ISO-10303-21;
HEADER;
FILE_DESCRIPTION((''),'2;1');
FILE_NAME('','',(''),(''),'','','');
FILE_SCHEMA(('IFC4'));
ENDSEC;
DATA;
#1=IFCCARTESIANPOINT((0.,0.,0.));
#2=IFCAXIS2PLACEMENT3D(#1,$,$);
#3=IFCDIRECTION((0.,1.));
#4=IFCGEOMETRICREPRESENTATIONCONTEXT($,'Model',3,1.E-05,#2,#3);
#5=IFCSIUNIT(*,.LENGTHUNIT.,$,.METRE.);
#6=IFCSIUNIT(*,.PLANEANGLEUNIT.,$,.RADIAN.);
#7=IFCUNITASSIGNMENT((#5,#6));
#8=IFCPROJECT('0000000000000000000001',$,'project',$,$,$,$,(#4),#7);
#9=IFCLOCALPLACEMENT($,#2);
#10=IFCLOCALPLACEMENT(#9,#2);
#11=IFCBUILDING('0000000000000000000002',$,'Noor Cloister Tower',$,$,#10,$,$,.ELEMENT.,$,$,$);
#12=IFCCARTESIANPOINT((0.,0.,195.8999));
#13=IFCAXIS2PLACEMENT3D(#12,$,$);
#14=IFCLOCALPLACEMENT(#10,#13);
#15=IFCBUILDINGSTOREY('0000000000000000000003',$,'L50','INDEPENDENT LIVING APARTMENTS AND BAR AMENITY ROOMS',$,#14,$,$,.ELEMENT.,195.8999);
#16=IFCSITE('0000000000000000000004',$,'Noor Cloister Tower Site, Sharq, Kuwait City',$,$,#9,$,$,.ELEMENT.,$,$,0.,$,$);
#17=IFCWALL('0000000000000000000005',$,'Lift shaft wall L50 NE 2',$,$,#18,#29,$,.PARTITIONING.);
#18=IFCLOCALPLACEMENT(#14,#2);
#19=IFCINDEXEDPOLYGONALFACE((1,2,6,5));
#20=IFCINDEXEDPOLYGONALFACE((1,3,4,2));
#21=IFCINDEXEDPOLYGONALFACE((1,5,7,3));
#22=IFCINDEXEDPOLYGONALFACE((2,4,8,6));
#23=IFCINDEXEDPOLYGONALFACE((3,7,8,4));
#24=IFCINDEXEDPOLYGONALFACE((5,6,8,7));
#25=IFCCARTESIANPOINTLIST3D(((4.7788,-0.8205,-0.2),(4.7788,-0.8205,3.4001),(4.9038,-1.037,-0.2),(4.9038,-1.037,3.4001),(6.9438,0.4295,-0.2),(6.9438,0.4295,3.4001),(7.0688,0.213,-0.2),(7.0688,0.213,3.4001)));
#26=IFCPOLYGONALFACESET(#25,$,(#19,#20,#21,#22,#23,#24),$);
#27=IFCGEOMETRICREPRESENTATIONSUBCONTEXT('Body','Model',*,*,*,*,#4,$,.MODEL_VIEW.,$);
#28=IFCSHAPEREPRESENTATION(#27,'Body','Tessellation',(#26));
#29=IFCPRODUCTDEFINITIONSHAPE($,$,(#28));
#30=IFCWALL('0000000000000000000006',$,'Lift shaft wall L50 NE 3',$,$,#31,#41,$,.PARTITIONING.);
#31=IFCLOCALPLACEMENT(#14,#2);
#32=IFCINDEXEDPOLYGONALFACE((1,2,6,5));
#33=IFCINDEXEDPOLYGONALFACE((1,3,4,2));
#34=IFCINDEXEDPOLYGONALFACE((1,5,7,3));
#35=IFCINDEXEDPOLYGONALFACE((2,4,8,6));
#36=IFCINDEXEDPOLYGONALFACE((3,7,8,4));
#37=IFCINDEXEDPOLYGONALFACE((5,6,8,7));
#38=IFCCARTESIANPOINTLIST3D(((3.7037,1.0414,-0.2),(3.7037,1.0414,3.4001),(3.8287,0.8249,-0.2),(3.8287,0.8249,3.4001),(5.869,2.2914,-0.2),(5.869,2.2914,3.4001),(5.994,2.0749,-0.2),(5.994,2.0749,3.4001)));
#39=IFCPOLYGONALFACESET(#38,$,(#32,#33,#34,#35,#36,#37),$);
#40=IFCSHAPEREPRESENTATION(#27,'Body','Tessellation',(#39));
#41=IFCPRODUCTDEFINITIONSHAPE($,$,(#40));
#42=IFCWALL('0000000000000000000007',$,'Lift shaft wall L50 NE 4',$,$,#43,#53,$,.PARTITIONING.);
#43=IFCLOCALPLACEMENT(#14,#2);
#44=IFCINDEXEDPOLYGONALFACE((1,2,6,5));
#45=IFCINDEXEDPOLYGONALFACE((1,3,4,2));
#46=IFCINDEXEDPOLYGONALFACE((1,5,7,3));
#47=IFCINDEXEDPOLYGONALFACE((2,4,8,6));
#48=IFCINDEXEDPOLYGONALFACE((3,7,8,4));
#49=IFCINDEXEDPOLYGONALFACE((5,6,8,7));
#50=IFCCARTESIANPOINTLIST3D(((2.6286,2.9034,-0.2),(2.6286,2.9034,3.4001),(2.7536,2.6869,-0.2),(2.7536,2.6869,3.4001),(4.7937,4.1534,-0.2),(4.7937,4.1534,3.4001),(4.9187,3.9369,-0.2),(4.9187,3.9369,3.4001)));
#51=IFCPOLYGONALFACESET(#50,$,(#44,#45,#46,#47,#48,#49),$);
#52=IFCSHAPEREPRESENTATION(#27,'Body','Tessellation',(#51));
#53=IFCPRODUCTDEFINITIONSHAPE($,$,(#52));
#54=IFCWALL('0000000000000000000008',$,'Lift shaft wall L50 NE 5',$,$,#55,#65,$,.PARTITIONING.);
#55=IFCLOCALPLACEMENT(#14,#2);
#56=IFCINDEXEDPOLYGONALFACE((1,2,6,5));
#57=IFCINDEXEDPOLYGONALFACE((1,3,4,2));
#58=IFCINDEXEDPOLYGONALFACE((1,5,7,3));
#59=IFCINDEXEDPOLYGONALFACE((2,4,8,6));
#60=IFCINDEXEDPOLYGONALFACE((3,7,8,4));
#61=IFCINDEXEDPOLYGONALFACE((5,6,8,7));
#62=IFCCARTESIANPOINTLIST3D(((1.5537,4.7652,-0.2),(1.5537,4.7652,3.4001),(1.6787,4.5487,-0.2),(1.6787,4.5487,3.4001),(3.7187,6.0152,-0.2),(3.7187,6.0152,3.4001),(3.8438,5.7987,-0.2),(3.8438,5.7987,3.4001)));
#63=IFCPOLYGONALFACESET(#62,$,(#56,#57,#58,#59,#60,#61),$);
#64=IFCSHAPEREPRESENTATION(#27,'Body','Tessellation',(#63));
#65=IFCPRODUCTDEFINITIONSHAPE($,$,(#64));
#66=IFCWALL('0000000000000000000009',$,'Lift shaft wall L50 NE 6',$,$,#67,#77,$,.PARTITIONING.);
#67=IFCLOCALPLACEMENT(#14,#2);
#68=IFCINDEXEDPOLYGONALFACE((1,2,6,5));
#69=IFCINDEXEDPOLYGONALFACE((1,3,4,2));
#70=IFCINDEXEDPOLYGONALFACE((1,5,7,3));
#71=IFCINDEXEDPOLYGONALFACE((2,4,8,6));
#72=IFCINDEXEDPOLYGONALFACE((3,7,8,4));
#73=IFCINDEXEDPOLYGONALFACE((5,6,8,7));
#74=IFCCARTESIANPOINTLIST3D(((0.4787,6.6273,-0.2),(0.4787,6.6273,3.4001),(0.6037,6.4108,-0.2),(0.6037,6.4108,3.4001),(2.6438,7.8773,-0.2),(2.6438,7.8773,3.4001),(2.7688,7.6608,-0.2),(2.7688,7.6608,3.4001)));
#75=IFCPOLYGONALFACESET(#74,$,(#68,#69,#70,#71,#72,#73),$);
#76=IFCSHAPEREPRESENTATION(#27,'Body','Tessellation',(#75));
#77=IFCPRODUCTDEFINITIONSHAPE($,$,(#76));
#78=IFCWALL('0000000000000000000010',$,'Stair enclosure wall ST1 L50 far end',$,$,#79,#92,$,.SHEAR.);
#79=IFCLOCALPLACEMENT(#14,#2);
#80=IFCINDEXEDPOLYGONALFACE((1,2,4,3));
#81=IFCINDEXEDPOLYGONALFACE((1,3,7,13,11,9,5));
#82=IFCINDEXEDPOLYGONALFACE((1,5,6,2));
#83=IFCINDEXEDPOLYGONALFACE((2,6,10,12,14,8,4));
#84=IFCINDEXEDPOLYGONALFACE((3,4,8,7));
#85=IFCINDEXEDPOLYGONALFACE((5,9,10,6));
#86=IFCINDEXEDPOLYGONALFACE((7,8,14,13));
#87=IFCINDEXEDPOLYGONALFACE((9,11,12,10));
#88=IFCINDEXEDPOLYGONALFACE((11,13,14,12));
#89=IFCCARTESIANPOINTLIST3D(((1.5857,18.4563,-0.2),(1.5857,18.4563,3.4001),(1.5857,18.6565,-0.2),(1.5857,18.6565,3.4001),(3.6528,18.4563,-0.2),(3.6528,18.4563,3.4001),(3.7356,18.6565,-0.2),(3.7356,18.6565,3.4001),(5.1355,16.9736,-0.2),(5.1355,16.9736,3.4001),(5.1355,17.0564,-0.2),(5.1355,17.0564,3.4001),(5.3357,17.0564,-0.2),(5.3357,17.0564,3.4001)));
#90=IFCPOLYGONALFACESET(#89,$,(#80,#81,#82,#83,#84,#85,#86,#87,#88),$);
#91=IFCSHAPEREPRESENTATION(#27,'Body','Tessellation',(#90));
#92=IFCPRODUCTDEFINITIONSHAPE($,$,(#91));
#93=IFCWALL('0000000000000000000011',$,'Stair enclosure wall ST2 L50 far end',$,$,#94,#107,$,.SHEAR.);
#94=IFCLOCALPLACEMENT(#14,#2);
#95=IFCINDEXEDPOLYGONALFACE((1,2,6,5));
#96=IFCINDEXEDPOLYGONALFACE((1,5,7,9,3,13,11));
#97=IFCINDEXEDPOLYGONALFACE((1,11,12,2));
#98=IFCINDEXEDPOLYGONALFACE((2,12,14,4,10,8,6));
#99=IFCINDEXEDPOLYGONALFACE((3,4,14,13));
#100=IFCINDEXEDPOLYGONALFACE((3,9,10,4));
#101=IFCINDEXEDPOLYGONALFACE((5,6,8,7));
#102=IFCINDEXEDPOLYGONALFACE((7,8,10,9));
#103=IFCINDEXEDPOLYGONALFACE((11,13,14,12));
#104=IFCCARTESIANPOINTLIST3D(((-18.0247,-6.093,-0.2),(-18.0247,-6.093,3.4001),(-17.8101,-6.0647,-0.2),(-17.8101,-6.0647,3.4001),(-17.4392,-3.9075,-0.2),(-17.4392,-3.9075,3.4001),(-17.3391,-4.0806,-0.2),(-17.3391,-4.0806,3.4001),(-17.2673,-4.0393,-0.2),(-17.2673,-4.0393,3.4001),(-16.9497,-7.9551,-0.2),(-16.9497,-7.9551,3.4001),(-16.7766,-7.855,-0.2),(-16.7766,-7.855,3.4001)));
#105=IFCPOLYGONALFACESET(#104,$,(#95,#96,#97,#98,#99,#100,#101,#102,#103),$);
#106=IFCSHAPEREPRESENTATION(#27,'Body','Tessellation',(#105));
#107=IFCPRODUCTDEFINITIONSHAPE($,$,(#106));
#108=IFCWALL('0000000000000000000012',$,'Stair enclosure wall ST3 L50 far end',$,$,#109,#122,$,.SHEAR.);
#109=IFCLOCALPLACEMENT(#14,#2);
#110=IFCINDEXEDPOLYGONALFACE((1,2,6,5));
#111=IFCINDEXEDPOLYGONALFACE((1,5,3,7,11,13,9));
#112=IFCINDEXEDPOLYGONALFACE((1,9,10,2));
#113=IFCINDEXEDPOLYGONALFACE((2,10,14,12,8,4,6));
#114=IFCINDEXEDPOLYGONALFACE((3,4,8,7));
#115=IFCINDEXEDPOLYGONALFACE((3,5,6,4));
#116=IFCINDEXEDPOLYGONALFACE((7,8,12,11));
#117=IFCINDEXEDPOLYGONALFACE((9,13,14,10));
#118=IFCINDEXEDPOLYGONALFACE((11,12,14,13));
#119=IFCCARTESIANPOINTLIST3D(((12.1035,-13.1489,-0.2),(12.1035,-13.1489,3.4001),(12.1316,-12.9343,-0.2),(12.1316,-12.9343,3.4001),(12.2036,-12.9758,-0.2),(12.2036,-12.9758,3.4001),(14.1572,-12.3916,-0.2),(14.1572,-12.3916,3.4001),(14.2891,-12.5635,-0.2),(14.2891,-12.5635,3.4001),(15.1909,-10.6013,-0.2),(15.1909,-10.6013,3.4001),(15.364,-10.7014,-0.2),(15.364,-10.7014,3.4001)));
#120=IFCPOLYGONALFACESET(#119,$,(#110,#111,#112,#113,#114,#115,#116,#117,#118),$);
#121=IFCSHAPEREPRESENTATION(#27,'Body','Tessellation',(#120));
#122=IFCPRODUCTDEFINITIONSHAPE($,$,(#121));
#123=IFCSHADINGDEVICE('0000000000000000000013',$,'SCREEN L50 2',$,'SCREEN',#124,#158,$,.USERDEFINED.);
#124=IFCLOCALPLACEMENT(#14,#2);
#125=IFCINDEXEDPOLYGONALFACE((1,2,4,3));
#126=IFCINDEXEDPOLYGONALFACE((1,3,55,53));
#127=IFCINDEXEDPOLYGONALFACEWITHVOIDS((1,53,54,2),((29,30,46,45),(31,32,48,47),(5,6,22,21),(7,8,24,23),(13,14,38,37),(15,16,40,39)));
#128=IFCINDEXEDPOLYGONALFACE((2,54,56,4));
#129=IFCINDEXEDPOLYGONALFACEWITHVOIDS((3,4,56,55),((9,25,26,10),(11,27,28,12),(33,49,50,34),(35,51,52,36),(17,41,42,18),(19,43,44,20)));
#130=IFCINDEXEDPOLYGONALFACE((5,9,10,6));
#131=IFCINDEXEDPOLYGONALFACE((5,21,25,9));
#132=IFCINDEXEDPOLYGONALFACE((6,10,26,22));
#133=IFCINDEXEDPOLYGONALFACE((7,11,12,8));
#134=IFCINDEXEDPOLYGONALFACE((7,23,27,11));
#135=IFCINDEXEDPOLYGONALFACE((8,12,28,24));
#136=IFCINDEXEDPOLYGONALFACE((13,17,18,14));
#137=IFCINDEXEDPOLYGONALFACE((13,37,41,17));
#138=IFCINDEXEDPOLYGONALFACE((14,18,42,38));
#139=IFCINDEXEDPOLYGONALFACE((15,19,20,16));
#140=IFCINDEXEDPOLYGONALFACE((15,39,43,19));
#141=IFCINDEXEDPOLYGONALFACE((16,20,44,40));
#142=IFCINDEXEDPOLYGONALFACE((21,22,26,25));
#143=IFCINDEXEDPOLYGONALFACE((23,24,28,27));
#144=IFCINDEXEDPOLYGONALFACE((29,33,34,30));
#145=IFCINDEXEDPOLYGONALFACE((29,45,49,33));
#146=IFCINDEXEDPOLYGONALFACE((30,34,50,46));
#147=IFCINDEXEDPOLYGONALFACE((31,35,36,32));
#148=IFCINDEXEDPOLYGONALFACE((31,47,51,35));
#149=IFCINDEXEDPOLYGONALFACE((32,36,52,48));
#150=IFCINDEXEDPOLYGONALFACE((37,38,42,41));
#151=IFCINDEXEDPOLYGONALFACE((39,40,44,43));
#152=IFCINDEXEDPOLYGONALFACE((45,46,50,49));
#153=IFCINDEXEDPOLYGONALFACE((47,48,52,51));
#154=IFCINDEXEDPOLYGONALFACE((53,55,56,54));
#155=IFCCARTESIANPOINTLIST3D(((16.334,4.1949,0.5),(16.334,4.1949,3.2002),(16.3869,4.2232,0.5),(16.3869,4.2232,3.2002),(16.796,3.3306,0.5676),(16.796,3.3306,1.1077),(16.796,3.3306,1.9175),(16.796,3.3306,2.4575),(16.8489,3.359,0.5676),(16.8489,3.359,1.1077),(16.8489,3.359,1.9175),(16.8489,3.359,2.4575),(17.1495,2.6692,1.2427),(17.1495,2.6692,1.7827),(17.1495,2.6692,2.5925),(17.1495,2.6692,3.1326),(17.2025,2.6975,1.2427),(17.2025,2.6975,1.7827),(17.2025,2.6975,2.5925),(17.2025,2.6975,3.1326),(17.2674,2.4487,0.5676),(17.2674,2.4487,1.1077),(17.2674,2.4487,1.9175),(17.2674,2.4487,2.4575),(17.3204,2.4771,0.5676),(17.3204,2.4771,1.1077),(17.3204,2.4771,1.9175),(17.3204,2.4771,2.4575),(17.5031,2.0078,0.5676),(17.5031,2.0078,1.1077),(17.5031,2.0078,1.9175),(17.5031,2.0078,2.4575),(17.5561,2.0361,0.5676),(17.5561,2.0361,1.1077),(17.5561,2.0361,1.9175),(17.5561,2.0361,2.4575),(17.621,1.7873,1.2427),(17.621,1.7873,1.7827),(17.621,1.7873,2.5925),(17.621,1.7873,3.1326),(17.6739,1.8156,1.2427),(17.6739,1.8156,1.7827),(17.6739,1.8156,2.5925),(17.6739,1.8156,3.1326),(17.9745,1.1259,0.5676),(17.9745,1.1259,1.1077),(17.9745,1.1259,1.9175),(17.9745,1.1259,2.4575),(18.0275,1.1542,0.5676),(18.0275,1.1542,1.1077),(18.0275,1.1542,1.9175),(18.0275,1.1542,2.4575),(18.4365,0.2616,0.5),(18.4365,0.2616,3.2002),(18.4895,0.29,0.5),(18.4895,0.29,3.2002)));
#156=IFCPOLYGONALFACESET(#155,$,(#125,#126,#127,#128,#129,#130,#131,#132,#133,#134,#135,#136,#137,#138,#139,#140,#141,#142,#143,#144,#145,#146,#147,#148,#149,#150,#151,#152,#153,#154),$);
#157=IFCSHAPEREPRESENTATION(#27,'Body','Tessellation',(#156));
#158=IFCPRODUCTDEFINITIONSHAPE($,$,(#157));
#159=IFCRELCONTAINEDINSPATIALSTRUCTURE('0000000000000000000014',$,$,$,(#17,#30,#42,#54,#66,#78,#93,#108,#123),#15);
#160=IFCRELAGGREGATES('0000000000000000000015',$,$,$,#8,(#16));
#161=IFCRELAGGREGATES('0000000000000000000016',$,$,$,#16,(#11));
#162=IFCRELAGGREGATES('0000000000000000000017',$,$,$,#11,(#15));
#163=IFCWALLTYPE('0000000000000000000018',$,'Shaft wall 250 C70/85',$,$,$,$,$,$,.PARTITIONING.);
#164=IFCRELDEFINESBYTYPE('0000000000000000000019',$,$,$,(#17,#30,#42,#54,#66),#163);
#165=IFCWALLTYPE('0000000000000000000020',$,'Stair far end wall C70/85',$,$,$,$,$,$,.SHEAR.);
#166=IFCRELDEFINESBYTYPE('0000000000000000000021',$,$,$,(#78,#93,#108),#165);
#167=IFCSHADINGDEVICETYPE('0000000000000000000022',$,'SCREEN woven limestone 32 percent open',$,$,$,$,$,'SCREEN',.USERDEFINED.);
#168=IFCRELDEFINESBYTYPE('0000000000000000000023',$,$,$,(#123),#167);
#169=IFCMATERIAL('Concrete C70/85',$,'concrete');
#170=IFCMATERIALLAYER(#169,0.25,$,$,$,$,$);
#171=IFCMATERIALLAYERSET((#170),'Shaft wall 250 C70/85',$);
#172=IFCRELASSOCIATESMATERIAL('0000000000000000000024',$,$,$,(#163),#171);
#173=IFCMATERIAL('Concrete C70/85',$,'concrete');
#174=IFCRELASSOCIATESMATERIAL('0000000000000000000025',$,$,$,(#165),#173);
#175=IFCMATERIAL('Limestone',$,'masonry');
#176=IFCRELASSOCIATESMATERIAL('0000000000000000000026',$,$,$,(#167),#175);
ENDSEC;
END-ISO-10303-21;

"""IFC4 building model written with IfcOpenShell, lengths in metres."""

from ifc_helpers import new_model, si_unit, direction, frame, frame_2d, origin, place, context, subcontext, project, spatial, polyline, rectangle, outline, extrude, material, layer, layer_set, material_profile, profile_set, type_object, element, save


model = new_model("IFC4")

# Units and contexts
model_context = context("Model", 3, precision=1e-05, world=origin(), true_north=direction((0.0, 1.0)))
body_context = subcontext(model_context, "Body", "Model", "MODEL_VIEW")
ifc_project = project(units=[si_unit("LENGTHUNIT", "METRE"), si_unit("PLANEANGLEUNIT", "RADIAN")], contexts=[model_context])

# Site, building, storey
site_placement = place(None, origin())
site = spatial("IfcSite", under=ifc_project, at=site_placement, Name="Noor Cloister Tower Site, Sharq, Kuwait City", CompositionType="ELEMENT", RefElevation=0.0)
building_placement = place(site_placement, origin())
building = spatial("IfcBuilding", under=site, at=building_placement, Name="Noor Cloister Tower", CompositionType="ELEMENT")
storey_placement = place(building_placement, frame((0.0, 0.0, 195.8999)))
storey = spatial("IfcBuildingStorey", under=building, at=storey_placement, Name="L50", Description="INDEPENDENT LIVING APARTMENTS AND BAR AMENITY ROOMS", CompositionType="ELEMENT", Elevation=195.8999)

# Walls
ifc_material_1 = material(Name="Concrete C70/85", Category="concrete")
ifc_layer_1 = layer(ifc_material_1, 0.25)
ifc_layer_set_1 = layer_set([ifc_layer_1], Name="Shaft wall 250 C70/85")
wall_type_1 = type_object("IfcWallType", Name="Shaft wall 250 C70/85", PredefinedType="PARTITIONING", material=ifc_layer_set_1)
wall_1_placement = place(storey_placement, frame((7.0063, 0.3213, -0.2), z_axis=(0.0, 0.0, 1.0), x_axis=(-0.866023, -0.500004, 0.0)))
element("IfcWall", 1, at=wall_1_placement, inside=storey, type_object=wall_type_1, Name="Lift shaft wall L50 NE 2", PredefinedType="PARTITIONING", context=body_context, shape_type="SweptSolid", body=[
    extrude(rectangle(XDim=2.5, YDim=0.25, at=frame_2d((1.25, 0.0))), origin(), (0.0, 0.0, 1.0), 3.6001),
])
wall_2_placement = place(storey_placement, frame((5.9314, 2.1831, -0.2), z_axis=(0.0, 0.0, 1.0), x_axis=(-0.866047, -0.499962, 0.0)))
element("IfcWall", 2, at=wall_2_placement, inside=storey, type_object=wall_type_1, Name="Lift shaft wall L50 NE 3", PredefinedType="PARTITIONING", context=body_context, shape_type="SweptSolid", body=[
    extrude(rectangle(XDim=2.5002, YDim=0.25, at=frame_2d((1.25, 0.0))), origin(), (0.0, 0.0, 1.0), 3.6001),
])
for number, where, z_axis, x_axis, name in (
    (3, (4.8562, 4.0452, -0.2), (0.0, 0.0, 1.0), (-0.866023, -0.500004, 0.0), "Lift shaft wall L50 NE 4"),
    (4, (3.7812, 5.907, -0.2), (0.0, 0.0, 1.0), (-0.866023, -0.500004, 0.0), "Lift shaft wall L50 NE 5"),
    (5, (2.7063, 7.769, -0.2), (0.0, 0.0, 1.0), (-0.866023, -0.500004, 0.0), "Lift shaft wall L50 NE 6"),
):
    element("IfcWall", number, at=place(storey_placement, frame(where, z_axis=z_axis, x_axis=x_axis)), inside=storey, type_object=wall_type_1, Name=name, PredefinedType="PARTITIONING", context=body_context, shape_type="SweptSolid", body=[
        extrude(rectangle(XDim=2.5, YDim=0.25, at=frame_2d((1.25, 0.0))), origin(), (0.0, 0.0, 1.0), 3.6001),
    ])
ifc_material_2 = material(Name="Concrete C70/85", Category="concrete")
wall_type_2 = type_object("IfcWallType", Name="Stair far end wall C70/85", PredefinedType="SHEAR", material=ifc_material_2)
wall_3_placement = place(storey_placement, frame((0.0, 0.0, -0.2)))
element("IfcWall", 6, at=wall_3_placement, inside=storey, type_object=wall_type_2, Name="Stair enclosure wall ST1 L50 far end", PredefinedType="SHEAR", context=body_context, shape_type="SweptSolid", body=[
    extrude(outline(polyline([(5.3357, 17.0564), (3.7356, 18.6565), (1.5857, 18.6565), (1.5857, 18.4563), (3.6528, 18.4563), (5.1355, 16.9736), (5.1355, 17.0564), (5.1355, 17.0564), (5.1355, 17.0564), (5.1355, 17.0564), (5.1355, 17.0564), (5.1355, 17.0564), (5.1355, 17.0564), (5.1355, 17.0564), (5.1355, 17.0564), (5.1355, 17.0564), (5.1355, 17.0564), (5.1355, 17.0564), (5.1355, 17.0564), (5.1355, 17.0564), (5.1355, 17.0564), (5.1355, 17.0564), (5.1355, 17.0564), (5.3357, 17.0564)])), origin(), (0.0, 0.0, 1.0), 3.6001),
])
wall_4_placement = place(storey_placement, frame((0.0, 0.0, -0.2)))
element("IfcWall", 7, at=wall_4_placement, inside=storey, type_object=wall_type_2, Name="Stair enclosure wall ST2 L50 far end", PredefinedType="SHEAR", context=body_context, shape_type="SweptSolid", body=[
    extrude(outline(polyline([(-17.4392, -3.9075), (-18.0247, -6.093), (-16.9497, -7.9551), (-16.7766, -7.855), (-17.8101, -6.0647), (-17.2673, -4.0393), (-17.3391, -4.0806), (-17.3391, -4.0806), (-17.3391, -4.0806), (-17.3391, -4.0806), (-17.3391, -4.0806), (-17.3391, -4.0806), (-17.3391, -4.0806), (-17.3391, -4.0806), (-17.3391, -4.0806), (-17.3391, -4.0806), (-17.3391, -4.0806), (-17.3391, -4.0806), (-17.3391, -4.0806), (-17.3391, -4.0806), (-17.3391, -4.0806), (-17.3391, -4.0806), (-17.3391, -4.0806), (-17.4392, -3.9075)])), origin(), (0.0, 0.0, 1.0), 3.6001),
])
wall_5_placement = place(storey_placement, frame((0.0, 0.0, -0.2)))
element("IfcWall", 8, at=wall_5_placement, inside=storey, type_object=wall_type_2, Name="Stair enclosure wall ST3 L50 far end", PredefinedType="SHEAR", context=body_context, shape_type="SweptSolid", body=[
    extrude(outline(polyline([(12.1035, -13.1489), (14.2891, -12.5635), (15.364, -10.7014), (15.1909, -10.6013), (14.1572, -12.3916), (12.1316, -12.9343), (12.2036, -12.9758), (12.2036, -12.9758), (12.2036, -12.9758), (12.2036, -12.9758), (12.2036, -12.9758), (12.2036, -12.9758), (12.2036, -12.9758), (12.2036, -12.9758), (12.2036, -12.9758), (12.2036, -12.9758), (12.2036, -12.9758), (12.2036, -12.9758), (12.2036, -12.9758), (12.2036, -12.9758), (12.2036, -12.9758), (12.2036, -12.9758), (12.2036, -12.9758), (12.1035, -13.1489)])), origin(), (0.0, 0.0, 1.0), 3.6001),
])

# Shading device
ifc_material_3 = material(Name="Limestone", Category="masonry")
ifc_material_profile_1 = material_profile(ifc_material_3, outline(polyline([(-2.23, -1.3501), (2.23, -1.3501), (2.23, 1.3501), (-2.23, 1.3501), (-2.23, -1.3501)]), holes=[polyline([(-1.25, -1.2825), (-0.25, -1.2825), (-0.25, -0.7424), (-1.25, -0.7424), (-1.25, -1.2825)]), polyline([(0.25, -1.2825), (1.25, -1.2825), (1.25, -0.7424), (0.25, -0.7424), (0.25, -1.2825)]), polyline([(-0.5, -0.6074), (0.5, -0.6074), (0.5, -0.0674), (-0.5, -0.0674), (-0.5, -0.6074)]), polyline([(-1.25, 0.0674), (-0.25, 0.0674), (-0.25, 0.6074), (-1.25, 0.6074), (-1.25, 0.0674)]), polyline([(0.25, 0.0674), (1.25, 0.0674), (1.25, 0.6074), (0.25, 0.6074), (0.25, 0.0674)]), polyline([(-0.5, 0.7424), (0.5, 0.7424), (0.5, 1.2825), (-0.5, 1.2825), (-0.5, 0.7424)])]), Name="Woven screen 32 percent open")
ifc_profile_set_1 = profile_set([ifc_material_profile_1], Name="Limestone")
shading_device_type = type_object("IfcShadingDeviceType", Name="SCREEN woven limestone 32 percent open", ElementType="SCREEN", PredefinedType="USERDEFINED", material=ifc_profile_set_1)
for number, where, z_axis, x_axis, name in (
    (9, (17.3853, 2.2283, 1.8501), (0.881903, 0.471432, 0.0), (-0.471432, 0.881903, 0.0), "SCREEN L50 2"),
):
    element("IfcShadingDevice", number, at=place(storey_placement, frame(where, z_axis=z_axis, x_axis=x_axis)), inside=storey, type_object=shading_device_type, Name=name, ObjectType="SCREEN", PredefinedType="USERDEFINED", context=body_context, shape_type="SweptSolid", body=[
        extrude(outline(polyline([(-2.23, -1.3501), (2.23, -1.3501), (2.23, 1.3501), (-2.23, 1.3501), (-2.23, -1.3501)]), holes=[polyline([(-1.25, -1.2825), (-0.25, -1.2825), (-0.25, -0.7424), (-1.25, -0.7424), (-1.25, -1.2825)]), polyline([(0.25, -1.2825), (1.25, -1.2825), (1.25, -0.7424), (0.25, -0.7424), (0.25, -1.2825)]), polyline([(-0.5, -0.6074), (0.5, -0.6074), (0.5, -0.0674), (-0.5, -0.0674), (-0.5, -0.6074)]), polyline([(-1.25, 0.0674), (-0.25, 0.0674), (-0.25, 0.6074), (-1.25, 0.6074), (-1.25, 0.0674)]), polyline([(0.25, 0.0674), (1.25, 0.0674), (1.25, 0.6074), (0.25, 0.6074), (0.25, 0.0674)]), polyline([(-0.5, 0.7424), (0.5, 0.7424), (0.5, 1.2825), (-0.5, 1.2825), (-0.5, 0.7424)])]), origin(), (0.0, 0.0, 1.0), 0.0601),
    ])

save(model, "model.ifc")
